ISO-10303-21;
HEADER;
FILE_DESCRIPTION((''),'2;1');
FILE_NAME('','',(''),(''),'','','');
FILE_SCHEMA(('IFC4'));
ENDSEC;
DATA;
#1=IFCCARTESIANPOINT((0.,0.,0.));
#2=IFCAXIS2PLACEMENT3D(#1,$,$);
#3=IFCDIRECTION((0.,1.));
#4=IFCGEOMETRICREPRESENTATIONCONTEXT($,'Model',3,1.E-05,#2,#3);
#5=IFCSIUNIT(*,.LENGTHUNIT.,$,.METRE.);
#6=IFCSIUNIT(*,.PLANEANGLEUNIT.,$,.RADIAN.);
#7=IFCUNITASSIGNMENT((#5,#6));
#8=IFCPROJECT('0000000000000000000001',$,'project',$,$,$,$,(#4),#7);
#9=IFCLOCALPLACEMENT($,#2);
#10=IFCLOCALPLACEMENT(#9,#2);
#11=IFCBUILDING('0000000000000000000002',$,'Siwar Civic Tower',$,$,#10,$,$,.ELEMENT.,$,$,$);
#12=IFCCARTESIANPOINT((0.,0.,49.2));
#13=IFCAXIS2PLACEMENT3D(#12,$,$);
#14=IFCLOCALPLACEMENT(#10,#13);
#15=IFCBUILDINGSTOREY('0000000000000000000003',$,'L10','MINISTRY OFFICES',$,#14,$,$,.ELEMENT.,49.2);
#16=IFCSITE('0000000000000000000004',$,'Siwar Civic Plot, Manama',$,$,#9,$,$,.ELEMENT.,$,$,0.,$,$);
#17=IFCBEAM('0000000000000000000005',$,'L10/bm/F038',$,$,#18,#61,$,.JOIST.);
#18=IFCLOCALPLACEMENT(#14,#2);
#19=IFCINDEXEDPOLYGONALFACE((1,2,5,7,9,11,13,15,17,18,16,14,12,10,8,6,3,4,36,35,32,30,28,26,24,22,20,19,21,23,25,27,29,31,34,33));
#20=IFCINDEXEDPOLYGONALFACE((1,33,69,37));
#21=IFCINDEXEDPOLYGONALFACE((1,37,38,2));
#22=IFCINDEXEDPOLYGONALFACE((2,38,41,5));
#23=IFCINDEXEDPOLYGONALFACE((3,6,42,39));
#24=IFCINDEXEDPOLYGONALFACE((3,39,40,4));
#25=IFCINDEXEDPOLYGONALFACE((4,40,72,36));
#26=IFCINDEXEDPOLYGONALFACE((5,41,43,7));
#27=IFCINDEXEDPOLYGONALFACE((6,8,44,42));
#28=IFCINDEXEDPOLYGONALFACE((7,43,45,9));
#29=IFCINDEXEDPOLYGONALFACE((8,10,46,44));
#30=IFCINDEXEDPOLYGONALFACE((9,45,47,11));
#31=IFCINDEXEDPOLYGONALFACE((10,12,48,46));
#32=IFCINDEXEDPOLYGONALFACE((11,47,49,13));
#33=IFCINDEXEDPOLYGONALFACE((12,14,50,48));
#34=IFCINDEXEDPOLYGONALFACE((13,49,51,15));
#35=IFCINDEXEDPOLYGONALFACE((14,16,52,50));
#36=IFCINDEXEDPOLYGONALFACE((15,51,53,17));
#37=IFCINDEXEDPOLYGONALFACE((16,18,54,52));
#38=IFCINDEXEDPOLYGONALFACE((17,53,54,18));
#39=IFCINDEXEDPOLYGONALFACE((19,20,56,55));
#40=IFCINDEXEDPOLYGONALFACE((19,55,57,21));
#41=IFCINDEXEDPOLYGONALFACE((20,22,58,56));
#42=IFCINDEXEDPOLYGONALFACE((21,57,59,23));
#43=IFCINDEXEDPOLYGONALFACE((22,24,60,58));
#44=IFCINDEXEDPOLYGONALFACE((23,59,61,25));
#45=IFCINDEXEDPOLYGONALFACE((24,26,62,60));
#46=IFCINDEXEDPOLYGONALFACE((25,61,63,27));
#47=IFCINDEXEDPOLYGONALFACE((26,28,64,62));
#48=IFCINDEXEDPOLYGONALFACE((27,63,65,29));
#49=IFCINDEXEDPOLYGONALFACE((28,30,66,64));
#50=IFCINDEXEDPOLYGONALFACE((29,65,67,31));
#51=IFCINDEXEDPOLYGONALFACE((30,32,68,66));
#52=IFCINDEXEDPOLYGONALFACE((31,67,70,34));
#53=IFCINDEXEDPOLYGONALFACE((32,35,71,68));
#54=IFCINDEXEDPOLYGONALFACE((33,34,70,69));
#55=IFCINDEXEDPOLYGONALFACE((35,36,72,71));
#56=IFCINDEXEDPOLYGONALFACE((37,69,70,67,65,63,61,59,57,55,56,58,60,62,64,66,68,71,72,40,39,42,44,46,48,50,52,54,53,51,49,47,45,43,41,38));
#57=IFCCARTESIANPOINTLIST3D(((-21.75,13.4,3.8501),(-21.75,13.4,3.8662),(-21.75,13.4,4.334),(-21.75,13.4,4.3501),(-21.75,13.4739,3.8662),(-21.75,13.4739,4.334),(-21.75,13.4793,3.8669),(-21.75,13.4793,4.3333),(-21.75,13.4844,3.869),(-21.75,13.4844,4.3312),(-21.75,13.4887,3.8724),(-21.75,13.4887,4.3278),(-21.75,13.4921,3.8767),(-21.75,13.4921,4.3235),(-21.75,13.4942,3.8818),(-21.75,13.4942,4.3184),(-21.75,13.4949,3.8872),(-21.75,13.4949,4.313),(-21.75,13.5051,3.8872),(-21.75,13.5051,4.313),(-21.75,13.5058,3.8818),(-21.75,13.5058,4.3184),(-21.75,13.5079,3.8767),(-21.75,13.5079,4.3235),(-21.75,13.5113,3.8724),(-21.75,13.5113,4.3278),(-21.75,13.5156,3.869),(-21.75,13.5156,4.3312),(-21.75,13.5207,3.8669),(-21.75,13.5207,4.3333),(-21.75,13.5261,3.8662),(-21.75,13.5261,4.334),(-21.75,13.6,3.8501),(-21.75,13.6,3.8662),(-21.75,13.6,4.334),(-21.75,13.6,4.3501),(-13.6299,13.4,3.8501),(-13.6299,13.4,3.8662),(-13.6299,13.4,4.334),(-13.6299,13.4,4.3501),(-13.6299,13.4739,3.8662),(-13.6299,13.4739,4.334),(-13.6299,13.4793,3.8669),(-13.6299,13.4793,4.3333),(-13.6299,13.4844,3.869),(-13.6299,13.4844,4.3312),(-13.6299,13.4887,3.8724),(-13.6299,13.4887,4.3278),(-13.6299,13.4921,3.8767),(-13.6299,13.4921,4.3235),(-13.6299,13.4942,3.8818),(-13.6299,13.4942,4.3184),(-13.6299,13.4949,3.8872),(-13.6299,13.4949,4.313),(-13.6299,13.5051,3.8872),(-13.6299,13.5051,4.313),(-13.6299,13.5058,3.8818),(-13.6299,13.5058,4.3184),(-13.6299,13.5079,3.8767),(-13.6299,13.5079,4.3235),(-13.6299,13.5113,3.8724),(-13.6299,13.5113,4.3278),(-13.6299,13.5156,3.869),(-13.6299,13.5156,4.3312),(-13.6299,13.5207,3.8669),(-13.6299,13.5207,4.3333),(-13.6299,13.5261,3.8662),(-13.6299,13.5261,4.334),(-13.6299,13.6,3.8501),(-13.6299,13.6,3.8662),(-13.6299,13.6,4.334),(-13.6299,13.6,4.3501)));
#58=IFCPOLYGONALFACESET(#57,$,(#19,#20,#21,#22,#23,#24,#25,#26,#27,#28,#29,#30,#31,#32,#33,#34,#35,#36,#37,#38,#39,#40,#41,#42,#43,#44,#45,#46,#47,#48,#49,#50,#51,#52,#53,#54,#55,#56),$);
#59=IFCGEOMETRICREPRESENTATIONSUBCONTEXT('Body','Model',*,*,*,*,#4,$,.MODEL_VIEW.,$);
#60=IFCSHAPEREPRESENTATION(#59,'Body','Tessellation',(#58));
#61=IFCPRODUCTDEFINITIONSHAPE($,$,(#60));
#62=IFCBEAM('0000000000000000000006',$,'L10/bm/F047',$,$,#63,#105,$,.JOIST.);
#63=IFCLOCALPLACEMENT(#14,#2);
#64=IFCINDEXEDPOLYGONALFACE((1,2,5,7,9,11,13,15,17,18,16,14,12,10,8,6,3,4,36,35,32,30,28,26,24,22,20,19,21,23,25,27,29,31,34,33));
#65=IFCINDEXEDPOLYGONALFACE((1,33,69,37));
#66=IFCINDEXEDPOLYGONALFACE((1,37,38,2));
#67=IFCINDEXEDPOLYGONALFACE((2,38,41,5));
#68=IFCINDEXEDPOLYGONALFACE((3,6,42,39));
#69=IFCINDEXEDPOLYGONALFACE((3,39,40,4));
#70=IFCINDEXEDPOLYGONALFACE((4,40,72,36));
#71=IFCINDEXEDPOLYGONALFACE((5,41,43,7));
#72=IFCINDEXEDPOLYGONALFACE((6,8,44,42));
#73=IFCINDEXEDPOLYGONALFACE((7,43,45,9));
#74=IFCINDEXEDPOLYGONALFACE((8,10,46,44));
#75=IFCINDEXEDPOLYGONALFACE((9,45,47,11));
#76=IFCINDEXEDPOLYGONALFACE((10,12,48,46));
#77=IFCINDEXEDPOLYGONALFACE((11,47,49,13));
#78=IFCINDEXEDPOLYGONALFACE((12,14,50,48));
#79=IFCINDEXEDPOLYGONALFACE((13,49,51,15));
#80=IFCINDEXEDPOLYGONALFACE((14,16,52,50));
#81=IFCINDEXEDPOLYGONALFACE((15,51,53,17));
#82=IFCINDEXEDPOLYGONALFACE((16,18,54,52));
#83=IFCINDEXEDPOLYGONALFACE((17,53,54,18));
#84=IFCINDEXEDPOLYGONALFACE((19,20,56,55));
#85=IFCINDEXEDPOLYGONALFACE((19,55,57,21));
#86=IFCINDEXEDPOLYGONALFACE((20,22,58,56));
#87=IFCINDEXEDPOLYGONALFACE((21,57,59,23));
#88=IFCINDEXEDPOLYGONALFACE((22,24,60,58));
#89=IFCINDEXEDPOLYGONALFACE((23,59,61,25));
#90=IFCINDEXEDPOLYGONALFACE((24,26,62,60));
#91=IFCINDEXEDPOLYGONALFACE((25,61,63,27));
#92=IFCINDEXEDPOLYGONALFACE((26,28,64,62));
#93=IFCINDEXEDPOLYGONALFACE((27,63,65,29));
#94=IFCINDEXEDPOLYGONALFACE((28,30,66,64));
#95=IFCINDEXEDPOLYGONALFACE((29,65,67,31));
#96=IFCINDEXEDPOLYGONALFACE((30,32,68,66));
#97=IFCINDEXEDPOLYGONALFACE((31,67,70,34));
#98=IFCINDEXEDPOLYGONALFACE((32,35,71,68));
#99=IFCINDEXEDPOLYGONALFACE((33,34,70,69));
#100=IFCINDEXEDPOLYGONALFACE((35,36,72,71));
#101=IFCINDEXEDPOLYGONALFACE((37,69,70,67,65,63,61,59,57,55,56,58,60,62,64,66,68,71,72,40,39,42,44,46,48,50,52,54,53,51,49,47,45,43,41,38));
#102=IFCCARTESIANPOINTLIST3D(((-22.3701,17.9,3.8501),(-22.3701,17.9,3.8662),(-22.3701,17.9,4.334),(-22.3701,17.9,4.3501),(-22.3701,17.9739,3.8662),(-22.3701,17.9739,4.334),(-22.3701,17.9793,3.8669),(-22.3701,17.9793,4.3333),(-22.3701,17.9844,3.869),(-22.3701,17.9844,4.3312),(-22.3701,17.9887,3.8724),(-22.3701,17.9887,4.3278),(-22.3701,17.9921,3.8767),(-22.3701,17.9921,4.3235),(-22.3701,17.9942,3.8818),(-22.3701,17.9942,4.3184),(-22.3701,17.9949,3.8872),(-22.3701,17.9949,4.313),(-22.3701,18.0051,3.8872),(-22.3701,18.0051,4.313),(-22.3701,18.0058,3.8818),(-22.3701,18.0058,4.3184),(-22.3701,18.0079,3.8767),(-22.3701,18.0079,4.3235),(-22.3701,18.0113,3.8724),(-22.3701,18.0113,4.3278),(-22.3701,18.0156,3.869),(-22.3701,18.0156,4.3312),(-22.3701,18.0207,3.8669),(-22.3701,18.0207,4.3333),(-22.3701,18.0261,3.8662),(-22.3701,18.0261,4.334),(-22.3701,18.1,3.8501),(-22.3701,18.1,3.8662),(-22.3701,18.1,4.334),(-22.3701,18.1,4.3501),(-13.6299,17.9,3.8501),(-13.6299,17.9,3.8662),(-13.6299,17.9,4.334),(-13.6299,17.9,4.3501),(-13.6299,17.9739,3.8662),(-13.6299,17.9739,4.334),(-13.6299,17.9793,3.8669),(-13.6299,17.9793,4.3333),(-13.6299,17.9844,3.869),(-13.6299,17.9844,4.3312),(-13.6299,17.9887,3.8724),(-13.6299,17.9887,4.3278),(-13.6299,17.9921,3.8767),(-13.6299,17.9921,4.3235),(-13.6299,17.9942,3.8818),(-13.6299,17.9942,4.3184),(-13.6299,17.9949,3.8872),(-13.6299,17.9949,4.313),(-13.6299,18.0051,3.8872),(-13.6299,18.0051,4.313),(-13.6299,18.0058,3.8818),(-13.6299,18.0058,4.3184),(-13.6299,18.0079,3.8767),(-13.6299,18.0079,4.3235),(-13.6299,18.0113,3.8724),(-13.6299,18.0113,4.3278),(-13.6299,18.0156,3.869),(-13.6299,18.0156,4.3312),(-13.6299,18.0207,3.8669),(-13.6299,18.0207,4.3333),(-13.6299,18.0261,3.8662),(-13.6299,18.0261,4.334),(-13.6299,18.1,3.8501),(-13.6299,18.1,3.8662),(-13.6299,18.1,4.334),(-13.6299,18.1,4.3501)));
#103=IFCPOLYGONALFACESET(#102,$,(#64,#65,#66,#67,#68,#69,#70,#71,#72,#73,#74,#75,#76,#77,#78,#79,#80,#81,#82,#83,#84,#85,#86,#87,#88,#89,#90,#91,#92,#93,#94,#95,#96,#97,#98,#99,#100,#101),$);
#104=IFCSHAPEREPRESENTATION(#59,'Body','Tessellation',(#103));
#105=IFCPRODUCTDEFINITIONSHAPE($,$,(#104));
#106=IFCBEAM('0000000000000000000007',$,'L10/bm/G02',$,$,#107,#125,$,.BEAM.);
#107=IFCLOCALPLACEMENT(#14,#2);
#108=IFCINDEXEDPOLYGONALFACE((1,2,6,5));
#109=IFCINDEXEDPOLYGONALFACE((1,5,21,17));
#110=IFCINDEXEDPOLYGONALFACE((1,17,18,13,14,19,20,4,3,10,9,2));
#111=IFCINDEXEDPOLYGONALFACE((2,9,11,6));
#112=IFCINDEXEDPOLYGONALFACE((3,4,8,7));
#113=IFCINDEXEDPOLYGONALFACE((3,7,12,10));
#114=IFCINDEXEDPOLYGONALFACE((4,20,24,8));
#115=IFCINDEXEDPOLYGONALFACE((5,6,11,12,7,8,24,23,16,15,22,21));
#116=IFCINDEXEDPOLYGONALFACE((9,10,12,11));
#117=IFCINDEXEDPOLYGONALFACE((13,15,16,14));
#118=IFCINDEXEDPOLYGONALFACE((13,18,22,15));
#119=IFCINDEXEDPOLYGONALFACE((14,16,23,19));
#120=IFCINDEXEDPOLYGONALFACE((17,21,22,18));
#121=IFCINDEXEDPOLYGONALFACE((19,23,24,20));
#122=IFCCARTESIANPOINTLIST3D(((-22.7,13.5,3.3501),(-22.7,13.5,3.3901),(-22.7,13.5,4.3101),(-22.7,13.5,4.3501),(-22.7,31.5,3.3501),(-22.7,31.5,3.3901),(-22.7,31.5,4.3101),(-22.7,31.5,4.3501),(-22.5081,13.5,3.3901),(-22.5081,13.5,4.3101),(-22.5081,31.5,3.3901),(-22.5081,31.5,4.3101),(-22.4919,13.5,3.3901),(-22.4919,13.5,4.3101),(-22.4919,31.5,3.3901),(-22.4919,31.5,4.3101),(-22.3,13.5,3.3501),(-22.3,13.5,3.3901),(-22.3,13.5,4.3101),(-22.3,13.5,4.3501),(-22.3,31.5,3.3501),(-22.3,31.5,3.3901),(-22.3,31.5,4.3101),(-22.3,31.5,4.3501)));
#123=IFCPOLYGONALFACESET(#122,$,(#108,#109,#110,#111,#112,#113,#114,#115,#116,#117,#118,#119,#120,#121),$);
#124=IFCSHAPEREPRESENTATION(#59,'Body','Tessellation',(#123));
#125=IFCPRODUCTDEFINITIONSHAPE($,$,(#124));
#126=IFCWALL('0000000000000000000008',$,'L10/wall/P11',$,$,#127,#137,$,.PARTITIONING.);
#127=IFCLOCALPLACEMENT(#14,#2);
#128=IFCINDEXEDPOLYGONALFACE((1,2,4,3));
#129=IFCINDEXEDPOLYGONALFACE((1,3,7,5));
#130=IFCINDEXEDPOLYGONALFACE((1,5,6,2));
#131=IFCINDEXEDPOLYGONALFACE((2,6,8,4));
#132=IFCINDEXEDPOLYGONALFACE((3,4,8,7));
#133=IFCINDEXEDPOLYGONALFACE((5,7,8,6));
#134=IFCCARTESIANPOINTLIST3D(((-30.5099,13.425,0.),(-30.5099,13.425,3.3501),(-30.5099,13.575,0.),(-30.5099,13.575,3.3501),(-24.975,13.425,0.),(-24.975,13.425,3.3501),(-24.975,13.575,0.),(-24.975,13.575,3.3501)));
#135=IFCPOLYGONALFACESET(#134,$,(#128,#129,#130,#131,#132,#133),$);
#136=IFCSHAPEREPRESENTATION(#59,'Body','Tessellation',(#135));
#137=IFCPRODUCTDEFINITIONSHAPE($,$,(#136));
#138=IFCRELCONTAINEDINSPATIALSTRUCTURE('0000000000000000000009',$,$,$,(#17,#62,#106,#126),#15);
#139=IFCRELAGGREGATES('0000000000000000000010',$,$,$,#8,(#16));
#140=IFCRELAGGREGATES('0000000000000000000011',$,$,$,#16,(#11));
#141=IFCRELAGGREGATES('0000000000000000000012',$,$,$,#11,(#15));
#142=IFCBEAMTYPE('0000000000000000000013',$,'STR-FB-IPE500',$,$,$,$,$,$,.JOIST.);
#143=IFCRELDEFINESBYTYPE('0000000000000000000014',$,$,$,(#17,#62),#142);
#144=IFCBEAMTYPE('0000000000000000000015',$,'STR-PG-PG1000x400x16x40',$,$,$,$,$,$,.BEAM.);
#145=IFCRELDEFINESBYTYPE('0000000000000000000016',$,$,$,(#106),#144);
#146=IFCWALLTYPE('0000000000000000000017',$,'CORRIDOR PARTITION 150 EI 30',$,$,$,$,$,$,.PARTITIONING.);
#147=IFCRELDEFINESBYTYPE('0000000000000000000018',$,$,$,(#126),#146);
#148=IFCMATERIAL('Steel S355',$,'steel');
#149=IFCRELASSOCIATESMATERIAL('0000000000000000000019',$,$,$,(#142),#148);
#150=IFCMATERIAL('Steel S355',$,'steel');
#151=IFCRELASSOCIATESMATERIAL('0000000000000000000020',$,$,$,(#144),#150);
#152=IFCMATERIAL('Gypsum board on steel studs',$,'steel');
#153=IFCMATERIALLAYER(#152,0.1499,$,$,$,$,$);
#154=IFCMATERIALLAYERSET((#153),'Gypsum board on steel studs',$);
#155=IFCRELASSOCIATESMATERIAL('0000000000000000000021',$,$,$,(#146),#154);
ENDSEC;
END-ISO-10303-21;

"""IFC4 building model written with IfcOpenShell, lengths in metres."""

from ifc_helpers import new_model, si_unit, direction, frame, frame_2d, origin, origin_2d, place, context, subcontext, project, spatial, rectangle, i_section, extrude, material, layer, layer_set, material_profile, profile_set, type_object, element, save


model = new_model("IFC4")

# Units and contexts
model_context = context("Model", 3, precision=1e-05, world=origin(), true_north=direction((0.0, 1.0)))
body_context = subcontext(model_context, "Body", "Model", "MODEL_VIEW")
ifc_project = project(units=[si_unit("LENGTHUNIT", "METRE"), si_unit("PLANEANGLEUNIT", "RADIAN")], contexts=[model_context])

# Site, building, storey
site_placement = place(None, origin())
site = spatial("IfcSite", under=ifc_project, at=site_placement, Name="Siwar Civic Plot, Manama", CompositionType="ELEMENT", RefElevation=0.0)
building_placement = place(site_placement, origin())
building = spatial("IfcBuilding", under=site, at=building_placement, Name="Siwar Civic Tower", CompositionType="ELEMENT")
storey_placement = place(building_placement, frame((0.0, 0.0, 49.2)))
storey = spatial("IfcBuildingStorey", under=building, at=storey_placement, Name="L10", Description="MINISTRY OFFICES", CompositionType="ELEMENT", Elevation=49.2)

# Beams
ifc_material_1 = material(Name="Steel S355", Category="steel")
ifc_material_profile_1 = material_profile(ifc_material_1, i_section(OverallWidth=0.2, OverallDepth=0.5, WebThickness=0.0103, FlangeThickness=0.0161, FilletRadius=0.021, at=origin_2d()), Name="IPE500")
ifc_profile_set_1 = profile_set([ifc_material_profile_1], Name="Steel S355")
beam_type_1 = type_object("IfcBeamType", Name="STR-FB-IPE500", PredefinedType="JOIST", material=ifc_profile_set_1)
beam_1_placement = place(storey_placement, frame((-21.75, 13.5, 4.1001), z_axis=(1.0, 0.0, 0.0), x_axis=(0.0, 1.0, 0.0)))
element("IfcBeam", 1, at=beam_1_placement, inside=storey, type_object=beam_type_1, Name="L10/bm/F038", PredefinedType="JOIST", context=body_context, shape_type="SweptSolid", body=[
    extrude(i_section(OverallWidth=0.2, OverallDepth=0.5, WebThickness=0.0103, FlangeThickness=0.0161, FilletRadius=0.021, at=origin_2d()), origin(), (0.0, 0.0, 1.0), 8.1201),
])
beam_2_placement = place(storey_placement, frame((-22.3701, 18.0, 4.1001), z_axis=(1.0, 0.0, 0.0), x_axis=(0.0, 1.0, 0.0)))
element("IfcBeam", 2, at=beam_2_placement, inside=storey, type_object=beam_type_1, Name="L10/bm/F047", PredefinedType="JOIST", context=body_context, shape_type="SweptSolid", body=[
    extrude(i_section(OverallWidth=0.2, OverallDepth=0.5, WebThickness=0.0103, FlangeThickness=0.0161, FilletRadius=0.021, at=origin_2d()), origin(), (0.0, 0.0, 1.0), 8.7402),
])
ifc_material_2 = material(Name="Steel S355", Category="steel")
ifc_material_profile_2 = material_profile(ifc_material_2, i_section(OverallWidth=0.3999, OverallDepth=1.0, WebThickness=0.0161, FlangeThickness=0.04, at=origin_2d()), Name="PG1000x400x16x40")
ifc_profile_set_2 = profile_set([ifc_material_profile_2], Name="Steel S355")
beam_type_2 = type_object("IfcBeamType", Name="STR-PG-PG1000x400x16x40", PredefinedType="BEAM", material=ifc_profile_set_2)
beam_3_placement = place(storey_placement, frame((-22.5, 13.5, 3.8501), z_axis=(0.0, 1.0, 0.0), x_axis=(-1.0, 0.0, 0.0)))
element("IfcBeam", 3, at=beam_3_placement, inside=storey, type_object=beam_type_2, Name="L10/bm/G02", PredefinedType="BEAM", context=body_context, shape_type="SweptSolid", body=[
    extrude(i_section(OverallWidth=0.3999, OverallDepth=1.0, WebThickness=0.0161, FlangeThickness=0.04, at=origin_2d()), origin(), (0.0, 0.0, 1.0), 18.0),
])

# Wall
ifc_material_3 = material(Name="Gypsum board on steel studs", Category="steel")
ifc_layer_1 = layer(ifc_material_3, 0.1499)
ifc_layer_set_1 = layer_set([ifc_layer_1], Name="Gypsum board on steel studs")
wall_type_1 = type_object("IfcWallType", Name="CORRIDOR PARTITION 150 EI 30", PredefinedType="PARTITIONING", material=ifc_layer_set_1)
wall_1_placement = place(storey_placement, frame((-30.51, 13.5, 0.0), z_axis=(0.0, 0.0, 1.0), x_axis=(1.0, 0.0, 0.0)))
element("IfcWall", 4, at=wall_1_placement, inside=storey, type_object=wall_type_1, Name="L10/wall/P11", PredefinedType="PARTITIONING", context=body_context, shape_type="SweptSolid", body=[
    extrude(rectangle(XDim=5.5349, YDim=0.1499, at=frame_2d((2.7676, 0.0))), origin(), (0.0, 0.0, 1.0), 3.3501),
])

save(model, "model.ifc")
